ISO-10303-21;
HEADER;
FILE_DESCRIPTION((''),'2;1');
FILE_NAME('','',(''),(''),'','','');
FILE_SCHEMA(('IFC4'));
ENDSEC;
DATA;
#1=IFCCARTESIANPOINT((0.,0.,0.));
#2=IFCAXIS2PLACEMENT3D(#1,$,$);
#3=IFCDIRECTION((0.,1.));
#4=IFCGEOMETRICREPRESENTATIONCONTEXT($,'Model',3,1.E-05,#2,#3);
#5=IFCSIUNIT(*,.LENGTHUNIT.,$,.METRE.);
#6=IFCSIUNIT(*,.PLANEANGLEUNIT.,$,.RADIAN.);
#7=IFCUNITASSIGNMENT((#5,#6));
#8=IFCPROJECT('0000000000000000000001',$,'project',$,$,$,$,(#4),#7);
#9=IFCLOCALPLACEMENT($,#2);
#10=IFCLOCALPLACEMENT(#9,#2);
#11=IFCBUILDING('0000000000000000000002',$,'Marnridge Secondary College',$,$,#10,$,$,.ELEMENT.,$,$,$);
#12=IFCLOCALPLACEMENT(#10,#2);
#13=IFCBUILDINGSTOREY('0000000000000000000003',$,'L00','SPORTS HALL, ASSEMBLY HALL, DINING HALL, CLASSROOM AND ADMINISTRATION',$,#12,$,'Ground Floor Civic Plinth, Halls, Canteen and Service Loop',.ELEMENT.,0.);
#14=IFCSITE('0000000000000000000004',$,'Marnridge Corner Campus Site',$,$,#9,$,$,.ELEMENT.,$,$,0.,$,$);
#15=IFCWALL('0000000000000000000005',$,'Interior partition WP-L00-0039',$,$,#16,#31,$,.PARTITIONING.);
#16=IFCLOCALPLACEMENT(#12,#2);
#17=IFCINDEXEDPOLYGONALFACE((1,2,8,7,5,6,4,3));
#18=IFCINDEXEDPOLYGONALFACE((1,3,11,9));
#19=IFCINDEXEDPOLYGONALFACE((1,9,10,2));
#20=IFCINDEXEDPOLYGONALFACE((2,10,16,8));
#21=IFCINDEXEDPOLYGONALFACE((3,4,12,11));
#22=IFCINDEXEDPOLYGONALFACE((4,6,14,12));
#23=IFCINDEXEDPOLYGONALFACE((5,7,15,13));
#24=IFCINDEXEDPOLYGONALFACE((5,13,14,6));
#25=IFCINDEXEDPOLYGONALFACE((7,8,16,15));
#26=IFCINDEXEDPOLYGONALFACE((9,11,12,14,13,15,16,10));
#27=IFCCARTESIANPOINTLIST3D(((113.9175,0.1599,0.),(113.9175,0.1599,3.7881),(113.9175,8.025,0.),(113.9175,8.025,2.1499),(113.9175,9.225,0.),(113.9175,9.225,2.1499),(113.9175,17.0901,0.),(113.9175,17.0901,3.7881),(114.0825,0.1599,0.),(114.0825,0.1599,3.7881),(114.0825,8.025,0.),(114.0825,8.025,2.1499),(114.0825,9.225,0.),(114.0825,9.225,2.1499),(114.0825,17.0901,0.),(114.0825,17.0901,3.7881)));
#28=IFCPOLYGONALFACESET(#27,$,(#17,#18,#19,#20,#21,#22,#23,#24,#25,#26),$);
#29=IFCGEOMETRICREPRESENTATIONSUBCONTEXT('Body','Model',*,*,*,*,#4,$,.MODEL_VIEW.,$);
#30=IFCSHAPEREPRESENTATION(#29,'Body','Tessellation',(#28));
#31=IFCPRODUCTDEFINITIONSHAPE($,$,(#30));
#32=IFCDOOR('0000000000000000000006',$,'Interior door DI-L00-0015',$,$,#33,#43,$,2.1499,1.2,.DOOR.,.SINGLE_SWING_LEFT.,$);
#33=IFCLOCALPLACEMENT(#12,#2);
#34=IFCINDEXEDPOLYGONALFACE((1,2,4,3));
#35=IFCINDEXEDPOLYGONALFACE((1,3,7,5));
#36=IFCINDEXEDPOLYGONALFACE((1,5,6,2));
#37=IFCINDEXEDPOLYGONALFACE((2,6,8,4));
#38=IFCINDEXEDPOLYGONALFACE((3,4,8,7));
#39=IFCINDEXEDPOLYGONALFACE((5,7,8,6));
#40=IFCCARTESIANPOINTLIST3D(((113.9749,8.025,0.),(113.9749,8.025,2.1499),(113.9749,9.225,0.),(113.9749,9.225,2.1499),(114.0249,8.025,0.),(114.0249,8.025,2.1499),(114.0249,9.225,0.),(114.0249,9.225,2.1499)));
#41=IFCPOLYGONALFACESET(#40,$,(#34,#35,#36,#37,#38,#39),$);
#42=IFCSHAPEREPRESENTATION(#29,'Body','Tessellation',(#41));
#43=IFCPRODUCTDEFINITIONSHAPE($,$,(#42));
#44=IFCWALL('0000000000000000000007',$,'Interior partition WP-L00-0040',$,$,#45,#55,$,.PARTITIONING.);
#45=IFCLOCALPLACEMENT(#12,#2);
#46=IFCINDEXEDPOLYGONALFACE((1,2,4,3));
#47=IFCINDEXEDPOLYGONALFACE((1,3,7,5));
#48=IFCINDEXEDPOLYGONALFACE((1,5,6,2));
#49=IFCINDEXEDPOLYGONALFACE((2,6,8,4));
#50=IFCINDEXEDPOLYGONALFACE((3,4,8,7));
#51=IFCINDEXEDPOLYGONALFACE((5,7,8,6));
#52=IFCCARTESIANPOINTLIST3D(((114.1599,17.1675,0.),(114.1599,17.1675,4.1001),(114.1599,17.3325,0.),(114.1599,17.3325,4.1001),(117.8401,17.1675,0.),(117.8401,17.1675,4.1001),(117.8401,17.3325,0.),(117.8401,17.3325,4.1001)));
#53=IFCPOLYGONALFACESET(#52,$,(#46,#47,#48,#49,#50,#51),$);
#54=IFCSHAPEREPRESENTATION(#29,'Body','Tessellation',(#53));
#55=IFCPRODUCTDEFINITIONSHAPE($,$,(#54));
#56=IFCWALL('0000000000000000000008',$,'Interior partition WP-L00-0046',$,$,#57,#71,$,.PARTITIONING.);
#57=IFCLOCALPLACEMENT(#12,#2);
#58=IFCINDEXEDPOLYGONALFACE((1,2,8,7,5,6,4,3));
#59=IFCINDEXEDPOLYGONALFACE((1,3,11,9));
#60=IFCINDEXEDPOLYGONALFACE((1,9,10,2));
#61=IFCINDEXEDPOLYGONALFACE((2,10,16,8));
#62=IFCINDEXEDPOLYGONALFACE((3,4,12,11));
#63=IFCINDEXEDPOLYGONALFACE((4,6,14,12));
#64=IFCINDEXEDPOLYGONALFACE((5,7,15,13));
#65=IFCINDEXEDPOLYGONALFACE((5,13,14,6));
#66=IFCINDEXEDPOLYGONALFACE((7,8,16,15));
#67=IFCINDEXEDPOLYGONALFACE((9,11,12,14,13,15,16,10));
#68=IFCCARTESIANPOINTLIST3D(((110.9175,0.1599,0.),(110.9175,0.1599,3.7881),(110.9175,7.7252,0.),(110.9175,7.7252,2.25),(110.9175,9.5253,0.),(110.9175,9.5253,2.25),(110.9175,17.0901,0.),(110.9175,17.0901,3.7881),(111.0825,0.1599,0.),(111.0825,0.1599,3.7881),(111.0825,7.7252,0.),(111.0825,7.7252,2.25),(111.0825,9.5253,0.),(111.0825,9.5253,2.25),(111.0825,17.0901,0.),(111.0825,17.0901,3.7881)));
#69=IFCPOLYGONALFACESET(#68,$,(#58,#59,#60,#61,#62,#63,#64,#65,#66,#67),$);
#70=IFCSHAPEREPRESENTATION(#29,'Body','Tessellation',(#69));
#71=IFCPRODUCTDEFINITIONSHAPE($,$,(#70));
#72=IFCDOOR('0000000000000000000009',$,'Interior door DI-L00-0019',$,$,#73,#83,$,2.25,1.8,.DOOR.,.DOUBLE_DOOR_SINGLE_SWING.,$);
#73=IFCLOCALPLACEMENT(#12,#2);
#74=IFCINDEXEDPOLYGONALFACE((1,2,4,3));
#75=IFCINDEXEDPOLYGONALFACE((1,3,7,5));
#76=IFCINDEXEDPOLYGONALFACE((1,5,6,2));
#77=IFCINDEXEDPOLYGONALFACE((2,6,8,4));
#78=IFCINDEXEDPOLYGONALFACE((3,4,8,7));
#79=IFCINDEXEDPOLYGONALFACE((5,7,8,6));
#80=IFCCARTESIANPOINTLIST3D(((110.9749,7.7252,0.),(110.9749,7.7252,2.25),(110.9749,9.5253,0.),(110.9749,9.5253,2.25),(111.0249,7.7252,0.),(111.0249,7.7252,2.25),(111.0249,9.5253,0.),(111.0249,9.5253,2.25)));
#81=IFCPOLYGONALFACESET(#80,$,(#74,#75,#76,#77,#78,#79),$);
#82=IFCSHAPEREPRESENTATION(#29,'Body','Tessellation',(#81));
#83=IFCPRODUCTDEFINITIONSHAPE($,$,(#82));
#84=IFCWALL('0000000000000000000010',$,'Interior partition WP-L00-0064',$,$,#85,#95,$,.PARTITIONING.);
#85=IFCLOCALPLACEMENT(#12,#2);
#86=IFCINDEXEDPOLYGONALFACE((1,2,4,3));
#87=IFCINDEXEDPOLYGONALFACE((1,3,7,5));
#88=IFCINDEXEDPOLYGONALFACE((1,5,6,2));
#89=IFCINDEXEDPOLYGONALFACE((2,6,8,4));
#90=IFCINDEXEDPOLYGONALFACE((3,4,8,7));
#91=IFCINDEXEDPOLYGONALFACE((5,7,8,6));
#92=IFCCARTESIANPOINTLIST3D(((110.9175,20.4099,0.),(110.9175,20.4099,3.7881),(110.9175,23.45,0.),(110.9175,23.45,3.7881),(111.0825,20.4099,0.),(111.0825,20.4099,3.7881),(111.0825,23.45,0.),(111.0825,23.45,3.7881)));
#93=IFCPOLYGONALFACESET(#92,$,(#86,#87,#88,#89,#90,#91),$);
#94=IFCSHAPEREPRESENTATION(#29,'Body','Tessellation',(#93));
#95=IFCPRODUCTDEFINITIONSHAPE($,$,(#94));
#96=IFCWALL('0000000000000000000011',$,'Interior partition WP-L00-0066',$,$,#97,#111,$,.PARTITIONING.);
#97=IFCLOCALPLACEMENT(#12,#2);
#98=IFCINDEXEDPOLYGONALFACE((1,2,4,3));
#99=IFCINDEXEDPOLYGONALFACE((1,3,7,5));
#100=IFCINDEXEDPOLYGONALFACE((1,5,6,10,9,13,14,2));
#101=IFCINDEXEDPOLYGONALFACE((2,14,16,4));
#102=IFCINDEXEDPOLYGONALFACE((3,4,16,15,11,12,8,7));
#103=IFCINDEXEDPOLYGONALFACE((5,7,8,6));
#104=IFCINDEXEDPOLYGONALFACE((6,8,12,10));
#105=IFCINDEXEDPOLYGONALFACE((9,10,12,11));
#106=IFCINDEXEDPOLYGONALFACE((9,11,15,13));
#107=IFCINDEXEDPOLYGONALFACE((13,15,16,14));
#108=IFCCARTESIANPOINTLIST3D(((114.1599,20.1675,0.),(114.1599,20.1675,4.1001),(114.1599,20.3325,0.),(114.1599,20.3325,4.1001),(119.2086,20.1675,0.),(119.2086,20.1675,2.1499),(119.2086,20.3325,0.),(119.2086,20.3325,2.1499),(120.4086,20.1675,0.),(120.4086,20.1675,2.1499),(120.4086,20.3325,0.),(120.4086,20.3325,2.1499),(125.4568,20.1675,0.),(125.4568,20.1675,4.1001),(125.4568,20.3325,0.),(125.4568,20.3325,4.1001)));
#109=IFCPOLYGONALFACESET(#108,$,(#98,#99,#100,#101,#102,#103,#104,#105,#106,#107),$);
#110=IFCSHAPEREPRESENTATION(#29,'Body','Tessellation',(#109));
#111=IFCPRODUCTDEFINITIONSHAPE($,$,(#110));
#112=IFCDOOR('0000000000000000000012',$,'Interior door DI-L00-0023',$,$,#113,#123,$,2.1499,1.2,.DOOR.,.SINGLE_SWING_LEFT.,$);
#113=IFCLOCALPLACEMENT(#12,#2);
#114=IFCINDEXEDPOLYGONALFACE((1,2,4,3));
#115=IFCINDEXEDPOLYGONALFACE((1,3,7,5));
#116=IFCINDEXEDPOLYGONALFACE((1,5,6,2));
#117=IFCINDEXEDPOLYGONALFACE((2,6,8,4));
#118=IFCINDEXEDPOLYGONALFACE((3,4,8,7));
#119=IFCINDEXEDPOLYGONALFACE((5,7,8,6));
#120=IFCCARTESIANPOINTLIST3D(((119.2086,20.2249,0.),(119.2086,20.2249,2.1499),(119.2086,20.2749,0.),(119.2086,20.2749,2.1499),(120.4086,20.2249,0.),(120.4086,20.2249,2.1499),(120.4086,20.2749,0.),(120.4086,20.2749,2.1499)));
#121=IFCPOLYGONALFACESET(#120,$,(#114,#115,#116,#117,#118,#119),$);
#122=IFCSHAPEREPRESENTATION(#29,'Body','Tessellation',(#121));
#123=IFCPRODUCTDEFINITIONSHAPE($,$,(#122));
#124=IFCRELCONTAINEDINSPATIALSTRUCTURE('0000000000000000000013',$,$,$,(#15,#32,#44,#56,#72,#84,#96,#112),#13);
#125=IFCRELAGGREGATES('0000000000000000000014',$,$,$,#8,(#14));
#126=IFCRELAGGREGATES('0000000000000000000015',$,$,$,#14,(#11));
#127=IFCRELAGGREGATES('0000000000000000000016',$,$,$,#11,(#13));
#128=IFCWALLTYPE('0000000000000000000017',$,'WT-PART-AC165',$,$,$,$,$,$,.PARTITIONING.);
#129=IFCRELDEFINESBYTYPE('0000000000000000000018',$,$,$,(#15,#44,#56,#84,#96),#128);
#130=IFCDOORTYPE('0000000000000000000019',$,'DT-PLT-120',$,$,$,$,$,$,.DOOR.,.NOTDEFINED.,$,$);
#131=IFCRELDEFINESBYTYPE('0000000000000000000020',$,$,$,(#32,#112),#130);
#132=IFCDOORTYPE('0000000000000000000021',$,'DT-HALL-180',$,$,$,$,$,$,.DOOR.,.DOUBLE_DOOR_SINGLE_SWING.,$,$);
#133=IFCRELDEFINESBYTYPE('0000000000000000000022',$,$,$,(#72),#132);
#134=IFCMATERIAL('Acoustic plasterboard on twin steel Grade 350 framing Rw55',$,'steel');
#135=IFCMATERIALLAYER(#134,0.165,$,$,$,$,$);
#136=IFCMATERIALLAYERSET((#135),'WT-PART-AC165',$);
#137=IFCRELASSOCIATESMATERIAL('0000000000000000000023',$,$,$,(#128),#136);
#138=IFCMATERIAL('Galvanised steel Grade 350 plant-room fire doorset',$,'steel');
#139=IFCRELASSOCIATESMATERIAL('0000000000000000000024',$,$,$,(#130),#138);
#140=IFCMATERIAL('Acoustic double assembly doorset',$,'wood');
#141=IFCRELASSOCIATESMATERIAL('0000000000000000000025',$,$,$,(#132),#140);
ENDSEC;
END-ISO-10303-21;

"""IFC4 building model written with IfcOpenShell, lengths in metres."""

from ifc_helpers import new_model, si_unit, direction, frame, frame_2d, origin, place, context, subcontext, project, spatial, rectangle, extrude, material, layer, layer_set, type_object, element, fill, save


model = new_model("IFC4")

# Units and contexts
model_context = context("Model", 3, precision=1e-05, world=origin(), true_north=direction((0.0, 1.0)))
body_context = subcontext(model_context, "Body", "Model", "MODEL_VIEW")
ifc_project = project(units=[si_unit("LENGTHUNIT", "METRE"), si_unit("PLANEANGLEUNIT", "RADIAN")], contexts=[model_context])

# Site, building, storey
site_placement = place(None, origin())
site = spatial("IfcSite", under=ifc_project, at=site_placement, Name="Marnridge Corner Campus Site", CompositionType="ELEMENT", RefElevation=0.0)
building_placement = place(site_placement, origin())
building = spatial("IfcBuilding", under=site, at=building_placement, Name="Marnridge Secondary College", CompositionType="ELEMENT")
storey_placement = place(building_placement, origin())
storey = spatial("IfcBuildingStorey", under=building, at=storey_placement, Name="L00", Description="SPORTS HALL, ASSEMBLY HALL, DINING HALL, CLASSROOM AND ADMINISTRATION", LongName="Ground Floor Civic Plinth, Halls, Canteen and Service Loop", CompositionType="ELEMENT", Elevation=0.0)

# Wall, opening, door
ifc_material_1 = material(Name="Acoustic plasterboard on twin steel Grade 350 framing Rw55", Category="steel")
ifc_layer = layer(ifc_material_1, 0.165)
ifc_layer_set = layer_set([ifc_layer], Name="WT-PART-AC165")
wall_type = type_object("IfcWallType", Name="WT-PART-AC165", PredefinedType="PARTITIONING", material=ifc_layer_set)
wall_1_placement = place(storey_placement, frame((114.0, 17.0901, 0.0), z_axis=(0.0, 0.0, 1.0), x_axis=(0.0, -1.0, 0.0)))
wall_1 = element("IfcWall", 1, at=wall_1_placement, inside=storey, type_object=wall_type, Name="Interior partition WP-L00-0039", PredefinedType="PARTITIONING", context=body_context, shape_type="SweptSolid", body=[
    extrude(rectangle(XDim=16.9302, YDim=0.165, at=frame_2d((8.4651, 0.0))), origin(), (0.0, 0.0, 1.0), 3.7881),
])
opening_1_placement = place(wall_1_placement, frame((7.865, 0.0, 0.0)))
opening_1 = element("IfcOpeningElement", 2, at=opening_1_placement, cuts=wall_1, PredefinedType="OPENING", context=body_context, shape_type="SweptSolid", body=[
    extrude(rectangle(XDim=1.2, YDim=2.1499, at=frame_2d((0.6001, 1.075))), frame((0.0, 0.0925, 0.0), z_axis=(0.0, -1.0, 0.0), x_axis=(1.0, 0.0, 0.0)), (0.0, 0.0, 1.0), 0.1851),
])
ifc_material_2 = material(Name="Galvanised steel Grade 350 plant-room fire doorset", Category="steel")
door_type_1 = type_object("IfcDoorType", Name="DT-PLT-120", OperationType="NOTDEFINED", PredefinedType="DOOR", material=ifc_material_2)
door_1_placement = place(opening_1_placement, origin())
door_1 = element("IfcDoor", 3, at=door_1_placement, inside=storey, type_object=door_type_1, Name="Interior door DI-L00-0015", OperationType="SINGLE_SWING_LEFT", OverallHeight=2.1499, OverallWidth=1.2, PredefinedType="DOOR", context=body_context, shape_type="SweptSolid", body=[
    extrude(rectangle(XDim=1.2, YDim=2.1499, at=frame_2d((0.6001, 1.075))), frame((0.0, 0.0249, 0.0), z_axis=(0.0, -1.0, 0.0), x_axis=(1.0, 0.0, 0.0)), (0.0, 0.0, 1.0), 0.05),
])
fill(opening_1, door_1)

# Wall
wall_2_placement = place(storey_placement, frame((117.8401, 17.25, 0.0), z_axis=(0.0, 0.0, 1.0), x_axis=(-1.0, 0.0, 0.0)))
element("IfcWall", 4, at=wall_2_placement, inside=storey, type_object=wall_type, Name="Interior partition WP-L00-0040", PredefinedType="PARTITIONING", context=body_context, shape_type="SweptSolid", body=[
    extrude(rectangle(XDim=3.6802, YDim=0.165, at=frame_2d((1.8401, 0.0))), origin(), (0.0, 0.0, 1.0), 4.1001),
])

# Wall, opening, door
wall_3_placement = place(storey_placement, frame((111.0, 17.0901, 0.0), z_axis=(0.0, 0.0, 1.0), x_axis=(0.0, -1.0, 0.0)))
wall_3 = element("IfcWall", 5, at=wall_3_placement, inside=storey, type_object=wall_type, Name="Interior partition WP-L00-0046", PredefinedType="PARTITIONING", context=body_context, shape_type="SweptSolid", body=[
    extrude(rectangle(XDim=16.9302, YDim=0.165, at=frame_2d((8.4651, 0.0))), origin(), (0.0, 0.0, 1.0), 3.7881),
])
opening_2_placement = place(wall_3_placement, frame((7.5649, 0.0, 0.0)))
opening_2 = element("IfcOpeningElement", 6, at=opening_2_placement, cuts=wall_3, PredefinedType="OPENING", context=body_context, shape_type="SweptSolid", body=[
    extrude(rectangle(XDim=1.8, YDim=2.25, at=frame_2d((0.8999, 1.125))), frame((0.0, 0.0925, 0.0), z_axis=(0.0, -1.0, 0.0), x_axis=(1.0, 0.0, 0.0)), (0.0, 0.0, 1.0), 0.1851),
])
ifc_material_3 = material(Name="Acoustic double assembly doorset", Category="wood")
door_type_2 = type_object("IfcDoorType", Name="DT-HALL-180", OperationType="DOUBLE_DOOR_SINGLE_SWING", PredefinedType="DOOR", material=ifc_material_3)
door_2_placement = place(opening_2_placement, origin())
door_2 = element("IfcDoor", 7, at=door_2_placement, inside=storey, type_object=door_type_2, Name="Interior door DI-L00-0019", OperationType="DOUBLE_DOOR_SINGLE_SWING", OverallHeight=2.25, OverallWidth=1.8, PredefinedType="DOOR", context=body_context, shape_type="SweptSolid", body=[
    extrude(rectangle(XDim=1.8, YDim=2.25, at=frame_2d((0.8999, 1.125))), frame((0.0, 0.0249, 0.0), z_axis=(0.0, -1.0, 0.0), x_axis=(1.0, 0.0, 0.0)), (0.0, 0.0, 1.0), 0.05),
])
fill(opening_2, door_2)

# Wall
wall_4_placement = place(storey_placement, frame((111.0, 20.4099, 0.0), z_axis=(0.0, 0.0, 1.0), x_axis=(0.0, 1.0, 0.0)))
element("IfcWall", 8, at=wall_4_placement, inside=storey, type_object=wall_type, Name="Interior partition WP-L00-0064", PredefinedType="PARTITIONING", context=body_context, shape_type="SweptSolid", body=[
    extrude(rectangle(XDim=3.04, YDim=0.165, at=frame_2d((1.52, 0.0))), origin(), (0.0, 0.0, 1.0), 3.7881),
])

# Wall, opening, door
wall_5_placement = place(storey_placement, frame((114.1599, 20.25, 0.0), z_axis=(0.0, 0.0, 1.0), x_axis=(1.0, 0.0, 0.0)))
wall_5 = element("IfcWall", 9, at=wall_5_placement, inside=storey, type_object=wall_type, Name="Interior partition WP-L00-0066", PredefinedType="PARTITIONING", context=body_context, shape_type="SweptSolid", body=[
    extrude(rectangle(XDim=11.2969, YDim=0.165, at=frame_2d((5.6484, 0.0))), origin(), (0.0, 0.0, 1.0), 4.1001),
])
opening_3_placement = place(wall_5_placement, frame((5.0486, 0.0, 0.0)))
opening_3 = element("IfcOpeningElement", 10, at=opening_3_placement, cuts=wall_5, PredefinedType="OPENING", context=body_context, shape_type="SweptSolid", body=[
    extrude(rectangle(XDim=1.2, YDim=2.1499, at=frame_2d((0.6001, 1.075))), frame((0.0, 0.0925, 0.0), z_axis=(0.0, -1.0, 0.0), x_axis=(1.0, 0.0, 0.0)), (0.0, 0.0, 1.0), 0.1851),
])
door_3_placement = place(opening_3_placement, origin())
door_3 = element("IfcDoor", 11, at=door_3_placement, inside=storey, type_object=door_type_1, Name="Interior door DI-L00-0023", OperationType="SINGLE_SWING_LEFT", OverallHeight=2.1499, OverallWidth=1.2, PredefinedType="DOOR", context=body_context, shape_type="SweptSolid", body=[
    extrude(rectangle(XDim=1.2, YDim=2.1499, at=frame_2d((0.6001, 1.075))), frame((0.0, 0.0249, 0.0), z_axis=(0.0, -1.0, 0.0), x_axis=(1.0, 0.0, 0.0)), (0.0, 0.0, 1.0), 0.05),
])
fill(opening_3, door_3)

save(model, "model.ifc")
